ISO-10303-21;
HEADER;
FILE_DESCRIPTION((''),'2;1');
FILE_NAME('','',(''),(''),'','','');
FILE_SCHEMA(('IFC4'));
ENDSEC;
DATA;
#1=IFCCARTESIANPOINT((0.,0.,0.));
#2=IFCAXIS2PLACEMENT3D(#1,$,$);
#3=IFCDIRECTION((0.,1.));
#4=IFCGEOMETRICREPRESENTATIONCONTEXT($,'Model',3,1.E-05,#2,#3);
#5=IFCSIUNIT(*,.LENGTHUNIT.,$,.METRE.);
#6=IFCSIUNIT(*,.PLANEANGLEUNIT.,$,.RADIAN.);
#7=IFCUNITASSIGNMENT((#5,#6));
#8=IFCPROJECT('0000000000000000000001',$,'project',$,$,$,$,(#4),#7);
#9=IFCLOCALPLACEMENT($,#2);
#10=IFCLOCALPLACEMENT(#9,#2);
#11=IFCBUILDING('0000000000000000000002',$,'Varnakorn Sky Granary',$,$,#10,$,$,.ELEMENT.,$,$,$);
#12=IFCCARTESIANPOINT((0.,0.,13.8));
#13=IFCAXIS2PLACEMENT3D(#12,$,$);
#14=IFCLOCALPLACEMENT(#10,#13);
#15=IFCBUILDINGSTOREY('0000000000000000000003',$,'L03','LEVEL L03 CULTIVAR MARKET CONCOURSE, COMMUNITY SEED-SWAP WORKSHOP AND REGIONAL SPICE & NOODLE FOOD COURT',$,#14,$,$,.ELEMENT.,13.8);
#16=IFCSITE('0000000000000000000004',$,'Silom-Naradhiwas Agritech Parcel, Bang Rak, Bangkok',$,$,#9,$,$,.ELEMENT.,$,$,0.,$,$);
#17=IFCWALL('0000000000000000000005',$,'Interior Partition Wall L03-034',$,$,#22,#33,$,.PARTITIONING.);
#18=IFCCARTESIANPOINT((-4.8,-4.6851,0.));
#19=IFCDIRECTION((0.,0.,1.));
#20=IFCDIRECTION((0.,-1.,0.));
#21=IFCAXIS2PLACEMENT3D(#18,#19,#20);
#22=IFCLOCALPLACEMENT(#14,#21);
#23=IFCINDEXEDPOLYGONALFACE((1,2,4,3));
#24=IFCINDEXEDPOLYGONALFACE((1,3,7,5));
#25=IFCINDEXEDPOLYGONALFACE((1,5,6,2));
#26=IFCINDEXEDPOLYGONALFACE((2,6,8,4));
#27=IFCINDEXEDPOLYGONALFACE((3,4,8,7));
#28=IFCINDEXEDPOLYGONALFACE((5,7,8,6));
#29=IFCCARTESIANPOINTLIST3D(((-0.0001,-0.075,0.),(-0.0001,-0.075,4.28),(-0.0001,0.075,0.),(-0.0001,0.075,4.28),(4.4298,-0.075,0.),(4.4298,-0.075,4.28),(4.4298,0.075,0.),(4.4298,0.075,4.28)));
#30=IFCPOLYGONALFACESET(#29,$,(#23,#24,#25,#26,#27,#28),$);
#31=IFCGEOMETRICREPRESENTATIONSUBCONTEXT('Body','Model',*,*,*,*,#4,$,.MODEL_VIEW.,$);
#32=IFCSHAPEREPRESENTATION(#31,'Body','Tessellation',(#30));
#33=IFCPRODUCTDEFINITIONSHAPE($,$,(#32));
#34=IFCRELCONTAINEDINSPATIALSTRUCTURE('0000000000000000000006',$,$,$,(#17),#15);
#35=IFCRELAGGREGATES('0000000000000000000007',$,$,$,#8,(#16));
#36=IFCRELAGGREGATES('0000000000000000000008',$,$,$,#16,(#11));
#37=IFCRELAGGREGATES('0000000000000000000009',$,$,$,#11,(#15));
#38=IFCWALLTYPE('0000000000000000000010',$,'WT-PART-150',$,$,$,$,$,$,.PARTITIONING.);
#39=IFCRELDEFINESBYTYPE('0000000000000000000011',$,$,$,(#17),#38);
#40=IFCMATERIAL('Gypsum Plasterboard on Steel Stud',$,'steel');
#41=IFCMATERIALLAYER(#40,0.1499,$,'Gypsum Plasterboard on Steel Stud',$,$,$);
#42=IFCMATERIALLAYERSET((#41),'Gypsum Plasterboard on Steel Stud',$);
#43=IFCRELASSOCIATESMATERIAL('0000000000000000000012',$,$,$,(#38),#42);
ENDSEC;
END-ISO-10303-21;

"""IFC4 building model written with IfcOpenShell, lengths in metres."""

from ifc_helpers import new_model, si_unit, direction, frame, frame_2d, origin, place, context, subcontext, project, spatial, rectangle, extrude, material, layer, layer_set, type_object, element, save


model = new_model("IFC4")

# Units and contexts
model_context = context("Model", 3, precision=1e-05, world=origin(), true_north=direction((0.0, 1.0)))
body_context = subcontext(model_context, "Body", "Model", "MODEL_VIEW")
ifc_project = project(units=[si_unit("LENGTHUNIT", "METRE"), si_unit("PLANEANGLEUNIT", "RADIAN")], contexts=[model_context])

# Site, building, storey
site_placement = place(None, origin())
site = spatial("IfcSite", under=ifc_project, at=site_placement, Name="Silom-Naradhiwas Agritech Parcel, Bang Rak, Bangkok", CompositionType="ELEMENT", RefElevation=0.0)
building_placement = place(site_placement, origin())
building = spatial("IfcBuilding", under=site, at=building_placement, Name="Varnakorn Sky Granary", CompositionType="ELEMENT")
storey_placement = place(building_placement, frame((0.0, 0.0, 13.8)))
storey = spatial("IfcBuildingStorey", under=building, at=storey_placement, Name="L03", Description="LEVEL L03 CULTIVAR MARKET CONCOURSE, COMMUNITY SEED-SWAP WORKSHOP AND REGIONAL SPICE & NOODLE FOOD COURT", CompositionType="ELEMENT", Elevation=13.8)

# Shared definitions
ifc_material_1 = material(Name="Gypsum Plasterboard on Steel Stud", Category="steel")
ifc_layer_1 = layer(ifc_material_1, 0.1499, Name="Gypsum Plasterboard on Steel Stud")
ifc_layer_set_1 = layer_set([ifc_layer_1], Name="Gypsum Plasterboard on Steel Stud")
wall_type_1 = type_object("IfcWallType", Name="WT-PART-150", PredefinedType="PARTITIONING", material=ifc_layer_set_1)

# Wall
wall_1_placement = place(storey_placement, frame((-4.8, -4.6851, 0.0), z_axis=(0.0, 0.0, 1.0), x_axis=(0.0, -1.0, 0.0)))
element("IfcWall", 1, at=wall_1_placement, inside=storey, type_object=wall_type_1, Name="Interior Partition Wall L03-034", PredefinedType="PARTITIONING", context=body_context, shape_type="SweptSolid", body=[
    extrude(rectangle(XDim=4.4299, YDim=0.1499, at=frame_2d((2.2148, 0.0))), origin(), (0.0, 0.0, 1.0), 4.28),
])

save(model, "model.ifc")
